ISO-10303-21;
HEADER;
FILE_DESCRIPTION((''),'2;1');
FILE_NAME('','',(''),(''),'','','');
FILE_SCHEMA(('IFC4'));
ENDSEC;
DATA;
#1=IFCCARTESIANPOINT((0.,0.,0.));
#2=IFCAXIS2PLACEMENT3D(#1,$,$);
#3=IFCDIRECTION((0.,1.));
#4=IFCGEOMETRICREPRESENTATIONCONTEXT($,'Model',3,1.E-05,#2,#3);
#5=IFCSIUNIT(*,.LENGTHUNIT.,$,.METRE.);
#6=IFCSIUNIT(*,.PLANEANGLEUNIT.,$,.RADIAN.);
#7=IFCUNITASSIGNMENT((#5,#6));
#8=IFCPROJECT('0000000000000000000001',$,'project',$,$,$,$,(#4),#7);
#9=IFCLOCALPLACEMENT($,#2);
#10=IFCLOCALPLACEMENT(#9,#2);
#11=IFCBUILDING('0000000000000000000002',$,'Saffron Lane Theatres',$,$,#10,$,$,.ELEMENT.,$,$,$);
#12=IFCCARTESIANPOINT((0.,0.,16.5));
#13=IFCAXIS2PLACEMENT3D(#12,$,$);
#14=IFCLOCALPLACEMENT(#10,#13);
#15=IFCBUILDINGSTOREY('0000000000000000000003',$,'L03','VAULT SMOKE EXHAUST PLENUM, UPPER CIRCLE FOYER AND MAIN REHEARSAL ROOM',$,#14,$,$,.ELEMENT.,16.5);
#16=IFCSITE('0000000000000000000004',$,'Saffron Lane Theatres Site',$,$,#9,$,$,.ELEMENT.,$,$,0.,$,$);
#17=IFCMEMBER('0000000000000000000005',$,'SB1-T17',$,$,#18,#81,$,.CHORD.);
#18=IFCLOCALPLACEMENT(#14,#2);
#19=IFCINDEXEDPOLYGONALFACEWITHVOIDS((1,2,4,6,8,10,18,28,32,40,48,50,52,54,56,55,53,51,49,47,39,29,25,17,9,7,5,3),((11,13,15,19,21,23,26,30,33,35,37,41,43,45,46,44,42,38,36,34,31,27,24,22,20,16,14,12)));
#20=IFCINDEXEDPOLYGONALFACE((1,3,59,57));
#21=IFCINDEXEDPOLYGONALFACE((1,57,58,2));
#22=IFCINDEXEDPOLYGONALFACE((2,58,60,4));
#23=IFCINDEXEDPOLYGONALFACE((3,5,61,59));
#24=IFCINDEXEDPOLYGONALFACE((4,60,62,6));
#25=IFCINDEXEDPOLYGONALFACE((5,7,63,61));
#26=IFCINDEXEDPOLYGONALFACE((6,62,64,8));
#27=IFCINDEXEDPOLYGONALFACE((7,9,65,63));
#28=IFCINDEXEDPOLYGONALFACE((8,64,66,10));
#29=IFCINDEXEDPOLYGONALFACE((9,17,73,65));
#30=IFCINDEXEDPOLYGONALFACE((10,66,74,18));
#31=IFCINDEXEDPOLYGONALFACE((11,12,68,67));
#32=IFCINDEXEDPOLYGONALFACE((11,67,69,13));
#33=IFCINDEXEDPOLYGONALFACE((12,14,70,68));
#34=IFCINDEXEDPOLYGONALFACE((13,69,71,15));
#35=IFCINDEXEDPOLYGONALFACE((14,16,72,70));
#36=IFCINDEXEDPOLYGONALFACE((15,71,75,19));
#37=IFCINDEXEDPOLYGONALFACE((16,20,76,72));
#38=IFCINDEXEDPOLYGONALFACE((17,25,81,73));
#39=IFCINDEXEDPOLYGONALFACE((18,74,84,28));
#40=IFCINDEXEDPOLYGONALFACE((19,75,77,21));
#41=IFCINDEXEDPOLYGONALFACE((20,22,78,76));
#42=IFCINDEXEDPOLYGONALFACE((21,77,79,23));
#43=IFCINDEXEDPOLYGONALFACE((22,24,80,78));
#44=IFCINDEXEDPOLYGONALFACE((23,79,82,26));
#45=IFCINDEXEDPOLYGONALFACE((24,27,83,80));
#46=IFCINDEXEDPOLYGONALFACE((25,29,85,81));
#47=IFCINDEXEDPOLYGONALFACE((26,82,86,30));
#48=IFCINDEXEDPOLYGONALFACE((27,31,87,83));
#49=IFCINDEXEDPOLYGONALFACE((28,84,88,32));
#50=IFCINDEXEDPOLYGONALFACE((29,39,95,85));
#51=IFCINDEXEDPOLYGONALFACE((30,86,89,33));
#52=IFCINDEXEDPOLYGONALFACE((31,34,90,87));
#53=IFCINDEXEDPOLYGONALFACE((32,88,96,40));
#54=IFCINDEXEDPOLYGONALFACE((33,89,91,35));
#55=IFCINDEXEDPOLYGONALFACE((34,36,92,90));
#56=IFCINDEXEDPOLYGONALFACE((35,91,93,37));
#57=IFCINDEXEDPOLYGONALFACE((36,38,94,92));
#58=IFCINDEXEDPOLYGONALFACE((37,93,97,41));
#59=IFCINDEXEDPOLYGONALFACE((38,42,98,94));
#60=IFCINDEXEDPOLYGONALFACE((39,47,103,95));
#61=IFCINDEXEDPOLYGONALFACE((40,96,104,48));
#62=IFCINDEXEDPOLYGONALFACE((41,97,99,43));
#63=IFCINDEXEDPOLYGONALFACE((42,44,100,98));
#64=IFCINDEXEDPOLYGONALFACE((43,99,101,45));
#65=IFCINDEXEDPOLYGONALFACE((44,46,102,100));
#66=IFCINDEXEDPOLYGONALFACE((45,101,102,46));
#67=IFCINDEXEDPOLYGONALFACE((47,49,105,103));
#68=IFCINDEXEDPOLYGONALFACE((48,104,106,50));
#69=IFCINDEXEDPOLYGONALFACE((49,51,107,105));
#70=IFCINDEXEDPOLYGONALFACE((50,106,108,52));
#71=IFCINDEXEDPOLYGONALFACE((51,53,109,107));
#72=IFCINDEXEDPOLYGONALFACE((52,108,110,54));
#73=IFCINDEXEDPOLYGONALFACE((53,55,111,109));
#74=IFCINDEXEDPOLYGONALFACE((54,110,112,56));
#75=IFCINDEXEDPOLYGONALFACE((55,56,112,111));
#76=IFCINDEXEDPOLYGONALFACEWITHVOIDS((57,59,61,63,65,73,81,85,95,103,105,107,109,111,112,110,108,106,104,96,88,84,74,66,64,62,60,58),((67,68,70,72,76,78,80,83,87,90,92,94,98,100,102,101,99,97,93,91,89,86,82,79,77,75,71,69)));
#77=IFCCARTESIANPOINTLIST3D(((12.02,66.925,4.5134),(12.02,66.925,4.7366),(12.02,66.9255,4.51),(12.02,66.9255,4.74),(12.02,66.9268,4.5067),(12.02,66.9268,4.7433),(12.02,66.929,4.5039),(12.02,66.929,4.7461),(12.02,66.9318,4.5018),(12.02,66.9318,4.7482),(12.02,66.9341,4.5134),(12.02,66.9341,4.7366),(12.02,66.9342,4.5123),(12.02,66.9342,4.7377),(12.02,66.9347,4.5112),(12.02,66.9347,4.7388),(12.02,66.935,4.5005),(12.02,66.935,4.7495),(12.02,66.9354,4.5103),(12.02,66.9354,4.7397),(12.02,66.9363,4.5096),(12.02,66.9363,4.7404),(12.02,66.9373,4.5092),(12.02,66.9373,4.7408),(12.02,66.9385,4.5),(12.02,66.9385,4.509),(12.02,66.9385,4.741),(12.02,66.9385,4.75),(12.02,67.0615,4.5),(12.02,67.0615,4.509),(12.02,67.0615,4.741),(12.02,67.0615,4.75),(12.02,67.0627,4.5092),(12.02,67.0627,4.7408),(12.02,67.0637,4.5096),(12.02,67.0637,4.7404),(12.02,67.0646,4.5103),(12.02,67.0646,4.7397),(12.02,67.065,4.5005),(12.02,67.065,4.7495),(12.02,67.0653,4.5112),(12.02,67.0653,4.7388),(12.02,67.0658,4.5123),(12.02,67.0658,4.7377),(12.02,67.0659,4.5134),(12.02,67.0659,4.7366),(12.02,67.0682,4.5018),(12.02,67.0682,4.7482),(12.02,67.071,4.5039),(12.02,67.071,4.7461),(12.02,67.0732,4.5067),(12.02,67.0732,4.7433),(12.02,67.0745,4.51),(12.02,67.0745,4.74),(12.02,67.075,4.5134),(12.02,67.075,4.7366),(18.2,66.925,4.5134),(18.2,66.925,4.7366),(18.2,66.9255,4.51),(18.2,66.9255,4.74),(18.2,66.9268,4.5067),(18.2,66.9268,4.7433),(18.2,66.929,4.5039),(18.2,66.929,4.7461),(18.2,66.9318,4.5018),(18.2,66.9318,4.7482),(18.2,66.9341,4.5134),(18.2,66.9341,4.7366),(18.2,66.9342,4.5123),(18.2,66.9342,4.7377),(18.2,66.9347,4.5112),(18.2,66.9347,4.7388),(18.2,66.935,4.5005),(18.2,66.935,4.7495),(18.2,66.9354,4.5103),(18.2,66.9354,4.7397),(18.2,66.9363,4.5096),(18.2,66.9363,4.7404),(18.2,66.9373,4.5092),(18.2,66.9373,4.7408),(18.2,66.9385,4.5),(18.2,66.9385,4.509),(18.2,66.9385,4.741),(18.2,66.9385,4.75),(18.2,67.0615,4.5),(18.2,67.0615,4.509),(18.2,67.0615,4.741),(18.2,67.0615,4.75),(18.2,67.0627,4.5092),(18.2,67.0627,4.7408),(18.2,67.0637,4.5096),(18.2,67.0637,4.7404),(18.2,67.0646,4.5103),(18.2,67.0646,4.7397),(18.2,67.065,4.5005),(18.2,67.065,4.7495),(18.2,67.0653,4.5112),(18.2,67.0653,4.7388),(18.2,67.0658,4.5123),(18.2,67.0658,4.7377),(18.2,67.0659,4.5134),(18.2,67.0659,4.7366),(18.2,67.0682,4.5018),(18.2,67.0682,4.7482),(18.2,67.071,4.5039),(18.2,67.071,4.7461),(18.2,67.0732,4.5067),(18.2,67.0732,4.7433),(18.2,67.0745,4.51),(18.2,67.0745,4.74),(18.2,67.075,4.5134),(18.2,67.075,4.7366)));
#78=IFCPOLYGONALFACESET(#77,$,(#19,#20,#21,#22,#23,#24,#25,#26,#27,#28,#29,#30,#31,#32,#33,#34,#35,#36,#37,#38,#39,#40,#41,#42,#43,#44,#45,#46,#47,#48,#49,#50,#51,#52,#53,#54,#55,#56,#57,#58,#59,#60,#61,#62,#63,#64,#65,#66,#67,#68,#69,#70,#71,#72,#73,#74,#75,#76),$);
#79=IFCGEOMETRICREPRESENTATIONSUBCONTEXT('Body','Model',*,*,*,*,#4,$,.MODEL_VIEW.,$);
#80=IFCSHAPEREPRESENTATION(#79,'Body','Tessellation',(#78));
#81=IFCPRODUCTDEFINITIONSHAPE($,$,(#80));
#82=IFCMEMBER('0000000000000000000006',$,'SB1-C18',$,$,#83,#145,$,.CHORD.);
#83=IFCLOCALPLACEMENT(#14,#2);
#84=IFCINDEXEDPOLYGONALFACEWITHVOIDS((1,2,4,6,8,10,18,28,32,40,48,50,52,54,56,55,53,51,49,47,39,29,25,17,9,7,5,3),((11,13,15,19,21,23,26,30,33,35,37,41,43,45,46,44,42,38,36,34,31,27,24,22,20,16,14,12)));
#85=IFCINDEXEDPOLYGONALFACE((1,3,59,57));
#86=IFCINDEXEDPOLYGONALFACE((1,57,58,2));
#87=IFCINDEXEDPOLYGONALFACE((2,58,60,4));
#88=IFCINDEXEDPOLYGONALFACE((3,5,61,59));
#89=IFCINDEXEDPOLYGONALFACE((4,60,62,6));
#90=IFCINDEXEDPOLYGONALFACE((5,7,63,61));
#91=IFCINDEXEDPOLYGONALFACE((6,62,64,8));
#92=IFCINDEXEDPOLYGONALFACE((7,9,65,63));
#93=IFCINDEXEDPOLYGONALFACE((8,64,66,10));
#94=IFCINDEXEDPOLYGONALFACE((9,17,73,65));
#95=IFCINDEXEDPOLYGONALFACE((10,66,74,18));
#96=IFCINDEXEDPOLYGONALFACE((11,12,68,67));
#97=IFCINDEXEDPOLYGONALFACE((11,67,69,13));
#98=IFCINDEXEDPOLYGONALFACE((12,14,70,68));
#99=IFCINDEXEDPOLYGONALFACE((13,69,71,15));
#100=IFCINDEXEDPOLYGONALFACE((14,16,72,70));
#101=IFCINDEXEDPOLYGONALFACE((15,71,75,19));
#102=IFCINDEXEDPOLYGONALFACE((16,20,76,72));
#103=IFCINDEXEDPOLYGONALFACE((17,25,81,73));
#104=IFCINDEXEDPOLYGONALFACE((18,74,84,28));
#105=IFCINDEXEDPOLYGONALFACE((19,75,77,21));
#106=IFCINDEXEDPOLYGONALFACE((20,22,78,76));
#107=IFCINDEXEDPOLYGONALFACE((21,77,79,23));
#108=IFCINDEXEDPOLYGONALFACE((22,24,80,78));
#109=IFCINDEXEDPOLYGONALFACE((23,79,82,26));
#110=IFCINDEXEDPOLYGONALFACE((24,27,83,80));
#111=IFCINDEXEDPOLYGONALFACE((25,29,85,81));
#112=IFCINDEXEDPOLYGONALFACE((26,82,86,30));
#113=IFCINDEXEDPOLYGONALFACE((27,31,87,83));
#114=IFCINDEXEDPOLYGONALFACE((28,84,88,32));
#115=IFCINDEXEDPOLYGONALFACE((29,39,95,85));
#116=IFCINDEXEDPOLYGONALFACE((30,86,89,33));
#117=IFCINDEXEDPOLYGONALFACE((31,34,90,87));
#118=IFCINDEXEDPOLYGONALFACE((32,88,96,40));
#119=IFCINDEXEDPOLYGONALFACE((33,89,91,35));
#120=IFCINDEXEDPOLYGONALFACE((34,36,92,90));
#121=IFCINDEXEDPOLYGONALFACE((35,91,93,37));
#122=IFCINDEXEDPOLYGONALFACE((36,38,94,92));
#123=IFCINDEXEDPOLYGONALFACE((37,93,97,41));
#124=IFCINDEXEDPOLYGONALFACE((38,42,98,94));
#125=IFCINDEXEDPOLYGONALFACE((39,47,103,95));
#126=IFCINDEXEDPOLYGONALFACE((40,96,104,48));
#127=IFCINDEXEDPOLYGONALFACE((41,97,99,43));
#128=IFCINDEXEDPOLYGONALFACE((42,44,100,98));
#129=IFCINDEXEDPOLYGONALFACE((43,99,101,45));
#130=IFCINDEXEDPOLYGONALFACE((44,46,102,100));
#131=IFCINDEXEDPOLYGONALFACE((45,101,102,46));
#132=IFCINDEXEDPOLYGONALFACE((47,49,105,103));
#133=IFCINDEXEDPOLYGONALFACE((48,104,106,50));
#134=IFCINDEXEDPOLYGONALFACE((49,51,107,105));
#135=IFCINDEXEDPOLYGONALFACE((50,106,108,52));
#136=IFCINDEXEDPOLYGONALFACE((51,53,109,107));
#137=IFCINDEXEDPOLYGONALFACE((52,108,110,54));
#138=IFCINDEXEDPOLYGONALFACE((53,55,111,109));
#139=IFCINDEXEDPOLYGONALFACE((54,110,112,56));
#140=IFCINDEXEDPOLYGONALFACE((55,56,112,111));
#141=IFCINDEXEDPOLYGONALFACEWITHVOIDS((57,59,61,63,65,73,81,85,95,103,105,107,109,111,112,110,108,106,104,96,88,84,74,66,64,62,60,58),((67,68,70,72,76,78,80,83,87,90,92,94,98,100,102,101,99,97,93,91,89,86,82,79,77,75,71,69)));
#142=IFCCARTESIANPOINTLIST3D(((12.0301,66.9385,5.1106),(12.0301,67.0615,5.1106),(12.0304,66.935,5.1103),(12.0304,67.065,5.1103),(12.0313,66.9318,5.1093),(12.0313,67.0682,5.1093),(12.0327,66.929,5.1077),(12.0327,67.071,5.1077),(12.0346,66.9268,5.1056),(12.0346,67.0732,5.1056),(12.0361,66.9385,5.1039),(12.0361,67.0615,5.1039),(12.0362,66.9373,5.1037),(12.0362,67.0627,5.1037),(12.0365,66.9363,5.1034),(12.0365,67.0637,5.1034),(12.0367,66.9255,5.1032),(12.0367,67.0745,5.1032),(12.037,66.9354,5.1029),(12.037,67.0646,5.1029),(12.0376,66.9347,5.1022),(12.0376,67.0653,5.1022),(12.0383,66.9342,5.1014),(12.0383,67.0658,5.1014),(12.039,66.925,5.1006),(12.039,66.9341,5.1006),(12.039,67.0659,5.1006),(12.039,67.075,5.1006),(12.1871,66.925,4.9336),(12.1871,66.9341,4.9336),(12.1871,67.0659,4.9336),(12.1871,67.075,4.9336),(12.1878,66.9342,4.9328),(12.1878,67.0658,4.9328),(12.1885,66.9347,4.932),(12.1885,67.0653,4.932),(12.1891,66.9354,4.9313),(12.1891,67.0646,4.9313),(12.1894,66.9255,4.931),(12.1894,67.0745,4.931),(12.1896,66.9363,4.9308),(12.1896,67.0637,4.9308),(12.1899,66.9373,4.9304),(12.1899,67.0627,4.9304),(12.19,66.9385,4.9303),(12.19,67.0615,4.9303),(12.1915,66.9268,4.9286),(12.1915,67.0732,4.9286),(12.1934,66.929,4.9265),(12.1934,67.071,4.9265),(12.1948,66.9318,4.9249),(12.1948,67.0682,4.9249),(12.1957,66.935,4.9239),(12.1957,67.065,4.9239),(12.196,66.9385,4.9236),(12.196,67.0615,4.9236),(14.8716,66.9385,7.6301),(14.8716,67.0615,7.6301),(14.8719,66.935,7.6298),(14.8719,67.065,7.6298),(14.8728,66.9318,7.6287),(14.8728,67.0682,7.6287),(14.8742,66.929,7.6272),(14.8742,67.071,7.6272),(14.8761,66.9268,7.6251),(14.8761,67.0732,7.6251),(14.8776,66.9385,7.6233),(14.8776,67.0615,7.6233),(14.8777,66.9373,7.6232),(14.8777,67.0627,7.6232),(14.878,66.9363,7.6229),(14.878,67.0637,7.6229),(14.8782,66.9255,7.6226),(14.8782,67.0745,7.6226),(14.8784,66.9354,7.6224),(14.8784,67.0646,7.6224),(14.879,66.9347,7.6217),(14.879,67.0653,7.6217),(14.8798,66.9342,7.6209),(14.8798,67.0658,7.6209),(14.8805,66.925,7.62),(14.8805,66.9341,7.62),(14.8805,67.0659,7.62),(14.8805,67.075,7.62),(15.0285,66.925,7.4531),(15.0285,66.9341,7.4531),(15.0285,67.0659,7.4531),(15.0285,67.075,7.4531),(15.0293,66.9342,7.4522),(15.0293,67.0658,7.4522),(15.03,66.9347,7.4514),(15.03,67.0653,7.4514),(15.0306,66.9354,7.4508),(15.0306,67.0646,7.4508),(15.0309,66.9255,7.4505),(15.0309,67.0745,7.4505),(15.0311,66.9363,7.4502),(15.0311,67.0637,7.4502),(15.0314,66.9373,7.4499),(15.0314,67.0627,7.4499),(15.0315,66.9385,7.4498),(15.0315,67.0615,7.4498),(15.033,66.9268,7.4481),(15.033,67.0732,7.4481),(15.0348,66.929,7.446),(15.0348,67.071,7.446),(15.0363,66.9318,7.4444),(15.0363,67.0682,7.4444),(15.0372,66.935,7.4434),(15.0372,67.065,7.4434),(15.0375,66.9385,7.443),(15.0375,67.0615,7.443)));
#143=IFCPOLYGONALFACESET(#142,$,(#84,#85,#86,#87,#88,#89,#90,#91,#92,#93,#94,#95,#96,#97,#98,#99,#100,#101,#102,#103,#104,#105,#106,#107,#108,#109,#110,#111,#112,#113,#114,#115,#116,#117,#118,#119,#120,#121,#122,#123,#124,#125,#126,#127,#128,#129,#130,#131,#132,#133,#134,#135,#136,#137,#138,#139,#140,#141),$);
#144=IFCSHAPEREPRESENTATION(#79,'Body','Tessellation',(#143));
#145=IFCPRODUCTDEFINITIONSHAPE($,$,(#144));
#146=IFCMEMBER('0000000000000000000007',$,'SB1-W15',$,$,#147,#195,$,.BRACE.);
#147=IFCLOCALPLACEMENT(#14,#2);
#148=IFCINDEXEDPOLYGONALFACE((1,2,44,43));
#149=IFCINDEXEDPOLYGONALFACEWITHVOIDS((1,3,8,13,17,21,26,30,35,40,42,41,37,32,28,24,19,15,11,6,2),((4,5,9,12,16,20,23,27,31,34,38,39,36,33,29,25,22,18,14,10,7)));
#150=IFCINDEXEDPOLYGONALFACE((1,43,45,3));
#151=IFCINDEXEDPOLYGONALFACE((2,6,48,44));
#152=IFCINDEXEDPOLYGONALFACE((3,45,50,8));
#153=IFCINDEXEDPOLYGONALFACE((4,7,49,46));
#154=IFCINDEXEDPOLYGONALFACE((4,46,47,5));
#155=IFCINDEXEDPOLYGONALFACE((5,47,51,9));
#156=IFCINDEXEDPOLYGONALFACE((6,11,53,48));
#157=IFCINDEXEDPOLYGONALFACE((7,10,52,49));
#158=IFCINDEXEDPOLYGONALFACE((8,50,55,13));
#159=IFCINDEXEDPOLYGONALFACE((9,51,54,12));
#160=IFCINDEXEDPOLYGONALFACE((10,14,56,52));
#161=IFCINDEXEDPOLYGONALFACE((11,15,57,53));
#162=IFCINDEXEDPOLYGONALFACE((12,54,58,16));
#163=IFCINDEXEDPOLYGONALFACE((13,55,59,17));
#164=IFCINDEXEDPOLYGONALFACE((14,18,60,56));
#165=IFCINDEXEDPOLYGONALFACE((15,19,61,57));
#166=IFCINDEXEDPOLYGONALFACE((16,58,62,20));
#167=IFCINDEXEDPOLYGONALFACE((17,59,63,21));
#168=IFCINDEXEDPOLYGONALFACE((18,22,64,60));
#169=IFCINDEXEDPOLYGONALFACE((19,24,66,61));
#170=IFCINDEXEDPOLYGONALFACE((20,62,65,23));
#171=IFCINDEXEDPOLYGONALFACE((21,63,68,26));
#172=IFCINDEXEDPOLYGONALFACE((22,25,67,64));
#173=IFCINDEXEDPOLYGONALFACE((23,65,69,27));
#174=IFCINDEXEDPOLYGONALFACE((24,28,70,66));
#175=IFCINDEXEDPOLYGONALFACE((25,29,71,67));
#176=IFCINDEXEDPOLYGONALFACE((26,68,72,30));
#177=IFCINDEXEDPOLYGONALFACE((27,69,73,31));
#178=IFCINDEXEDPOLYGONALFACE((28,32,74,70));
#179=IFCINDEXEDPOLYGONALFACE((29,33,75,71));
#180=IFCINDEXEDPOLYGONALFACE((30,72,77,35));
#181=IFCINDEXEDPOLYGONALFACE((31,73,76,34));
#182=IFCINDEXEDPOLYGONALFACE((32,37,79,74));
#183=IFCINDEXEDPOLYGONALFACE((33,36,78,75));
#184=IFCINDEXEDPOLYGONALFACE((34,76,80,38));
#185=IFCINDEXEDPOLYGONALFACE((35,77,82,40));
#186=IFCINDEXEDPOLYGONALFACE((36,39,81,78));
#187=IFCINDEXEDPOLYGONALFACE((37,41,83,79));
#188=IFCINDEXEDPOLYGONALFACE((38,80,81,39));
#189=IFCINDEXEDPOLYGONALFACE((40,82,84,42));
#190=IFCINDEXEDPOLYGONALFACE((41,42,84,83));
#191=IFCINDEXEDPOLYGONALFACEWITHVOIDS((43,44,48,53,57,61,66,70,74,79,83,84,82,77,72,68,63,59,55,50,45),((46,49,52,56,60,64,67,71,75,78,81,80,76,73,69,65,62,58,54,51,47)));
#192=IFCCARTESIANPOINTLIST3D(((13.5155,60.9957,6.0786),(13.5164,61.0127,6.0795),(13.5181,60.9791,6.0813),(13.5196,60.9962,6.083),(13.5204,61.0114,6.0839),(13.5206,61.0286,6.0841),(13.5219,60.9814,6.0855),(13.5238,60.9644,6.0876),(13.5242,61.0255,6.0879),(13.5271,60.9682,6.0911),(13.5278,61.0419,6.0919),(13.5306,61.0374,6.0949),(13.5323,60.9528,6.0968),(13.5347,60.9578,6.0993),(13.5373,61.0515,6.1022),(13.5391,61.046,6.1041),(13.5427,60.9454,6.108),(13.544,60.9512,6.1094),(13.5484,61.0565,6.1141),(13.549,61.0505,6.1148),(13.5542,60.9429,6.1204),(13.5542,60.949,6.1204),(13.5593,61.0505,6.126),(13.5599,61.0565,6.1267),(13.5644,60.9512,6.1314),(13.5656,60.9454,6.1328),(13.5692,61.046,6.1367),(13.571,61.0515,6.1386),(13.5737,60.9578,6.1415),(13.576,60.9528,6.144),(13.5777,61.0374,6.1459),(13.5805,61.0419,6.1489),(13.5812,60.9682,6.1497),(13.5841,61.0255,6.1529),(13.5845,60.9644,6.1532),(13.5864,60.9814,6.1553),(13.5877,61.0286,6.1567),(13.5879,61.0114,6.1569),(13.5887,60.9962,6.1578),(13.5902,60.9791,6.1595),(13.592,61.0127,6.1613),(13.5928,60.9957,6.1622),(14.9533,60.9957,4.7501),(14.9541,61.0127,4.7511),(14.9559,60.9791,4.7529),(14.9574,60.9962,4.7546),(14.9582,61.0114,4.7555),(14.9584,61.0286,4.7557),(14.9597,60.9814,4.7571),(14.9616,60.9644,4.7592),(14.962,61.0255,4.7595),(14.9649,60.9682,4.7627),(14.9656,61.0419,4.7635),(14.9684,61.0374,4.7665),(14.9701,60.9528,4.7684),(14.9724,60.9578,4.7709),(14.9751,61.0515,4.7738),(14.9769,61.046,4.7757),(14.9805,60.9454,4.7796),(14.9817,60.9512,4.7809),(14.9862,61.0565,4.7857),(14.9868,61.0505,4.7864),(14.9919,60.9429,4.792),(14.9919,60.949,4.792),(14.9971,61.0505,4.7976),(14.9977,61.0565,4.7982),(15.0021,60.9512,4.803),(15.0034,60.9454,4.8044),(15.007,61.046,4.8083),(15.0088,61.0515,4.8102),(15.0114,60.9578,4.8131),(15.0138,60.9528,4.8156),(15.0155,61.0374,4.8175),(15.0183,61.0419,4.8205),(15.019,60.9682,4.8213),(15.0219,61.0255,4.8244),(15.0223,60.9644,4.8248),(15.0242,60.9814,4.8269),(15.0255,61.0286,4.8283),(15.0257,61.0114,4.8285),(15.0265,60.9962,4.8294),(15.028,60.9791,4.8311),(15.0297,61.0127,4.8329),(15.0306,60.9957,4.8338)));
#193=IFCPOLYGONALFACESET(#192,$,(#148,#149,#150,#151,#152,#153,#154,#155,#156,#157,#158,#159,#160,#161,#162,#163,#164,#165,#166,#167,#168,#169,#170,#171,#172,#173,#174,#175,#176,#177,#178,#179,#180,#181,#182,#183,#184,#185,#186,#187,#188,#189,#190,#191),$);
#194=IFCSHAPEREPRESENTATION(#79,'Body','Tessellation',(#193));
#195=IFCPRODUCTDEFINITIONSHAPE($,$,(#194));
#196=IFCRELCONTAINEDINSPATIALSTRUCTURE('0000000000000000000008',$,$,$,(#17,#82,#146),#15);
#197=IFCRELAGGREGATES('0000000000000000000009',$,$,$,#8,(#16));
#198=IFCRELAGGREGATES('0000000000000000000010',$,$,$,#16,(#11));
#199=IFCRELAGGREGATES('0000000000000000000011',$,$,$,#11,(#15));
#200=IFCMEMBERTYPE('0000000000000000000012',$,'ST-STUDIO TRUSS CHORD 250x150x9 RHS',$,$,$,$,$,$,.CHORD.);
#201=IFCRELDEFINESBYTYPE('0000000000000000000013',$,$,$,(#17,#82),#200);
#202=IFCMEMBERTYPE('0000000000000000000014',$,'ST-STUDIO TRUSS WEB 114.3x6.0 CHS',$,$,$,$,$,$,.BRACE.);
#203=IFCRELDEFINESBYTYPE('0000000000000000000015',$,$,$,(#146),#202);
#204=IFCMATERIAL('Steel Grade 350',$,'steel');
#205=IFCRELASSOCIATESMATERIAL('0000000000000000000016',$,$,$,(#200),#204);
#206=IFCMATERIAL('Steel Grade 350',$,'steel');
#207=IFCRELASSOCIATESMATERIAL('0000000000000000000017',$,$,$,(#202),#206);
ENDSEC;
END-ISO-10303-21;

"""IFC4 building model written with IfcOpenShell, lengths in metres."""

from ifc_helpers import new_model, si_unit, direction, frame, origin, origin_2d, place, context, subcontext, project, spatial, hollow_rectangle, hollow_circle, extrude, material, material_profile, profile_set, type_object, element, save


model = new_model("IFC4")

# Units and contexts
model_context = context("Model", 3, precision=1e-05, world=origin(), true_north=direction((0.0, 1.0)))
body_context = subcontext(model_context, "Body", "Model", "MODEL_VIEW")
ifc_project = project(units=[si_unit("LENGTHUNIT", "METRE"), si_unit("PLANEANGLEUNIT", "RADIAN")], contexts=[model_context])

# Site, building, storey
site_placement = place(None, origin())
site = spatial("IfcSite", under=ifc_project, at=site_placement, Name="Saffron Lane Theatres Site", CompositionType="ELEMENT", RefElevation=0.0)
building_placement = place(site_placement, origin())
building = spatial("IfcBuilding", under=site, at=building_placement, Name="Saffron Lane Theatres", CompositionType="ELEMENT")
storey_placement = place(building_placement, frame((0.0, 0.0, 16.5)))
storey = spatial("IfcBuildingStorey", under=building, at=storey_placement, Name="L03", Description="VAULT SMOKE EXHAUST PLENUM, UPPER CIRCLE FOYER AND MAIN REHEARSAL ROOM", CompositionType="ELEMENT", Elevation=16.5)

# Members
ifc_material_1 = material(Name="Steel Grade 350", Category="steel")
ifc_material_profile_1 = material_profile(ifc_material_1, hollow_rectangle(XDim=0.1499, YDim=0.25, WallThickness=0.009, InnerFilletRadius=0.0044, OuterFilletRadius=0.0134, at=origin_2d()))
ifc_profile_set_1 = profile_set([ifc_material_profile_1], Name="Steel Grade 350")
member_type_1 = type_object("IfcMemberType", Name="ST-STUDIO TRUSS CHORD 250x150x9 RHS", PredefinedType="CHORD", material=ifc_profile_set_1)
member_1_placement = place(storey_placement, frame((12.02, 67.0, 4.625), z_axis=(1.0, 0.0, 0.0), x_axis=(0.0, 1.0, 0.0)))
element("IfcMember", 1, at=member_1_placement, inside=storey, type_object=member_type_1, Name="SB1-T17", PredefinedType="CHORD", context=body_context, shape_type="SweptSolid", body=[
    extrude(hollow_rectangle(XDim=0.1499, YDim=0.25, WallThickness=0.009, InnerFilletRadius=0.0044, OuterFilletRadius=0.0134, at=origin_2d()), origin(), (0.0, 0.0, 1.0), 6.1799),
])
member_2_placement = place(storey_placement, frame((12.113, 67.0, 5.0171), z_axis=(0.748232, 0.0, 0.663438), x_axis=(0.0, 1.0, 0.0)))
element("IfcMember", 2, at=member_2_placement, inside=storey, type_object=member_type_1, Name="SB1-C18", PredefinedType="CHORD", context=body_context, shape_type="SweptSolid", body=[
    extrude(hollow_rectangle(XDim=0.1499, YDim=0.25, WallThickness=0.009, InnerFilletRadius=0.0044, OuterFilletRadius=0.0134, at=origin_2d()), origin(), (0.0, 0.0, 1.0), 3.7976),
])
ifc_material_2 = material(Name="Steel Grade 350", Category="steel")
ifc_material_profile_2 = material_profile(ifc_material_2, hollow_circle(Radius=0.0571, WallThickness=0.0061, at=origin_2d()))
ifc_profile_set_2 = profile_set([ifc_material_profile_2], Name="Steel Grade 350")
member_type_2 = type_object("IfcMemberType", Name="ST-STUDIO TRUSS WEB 114.3x6.0 CHS", PredefinedType="BRACE", material=ifc_profile_set_2)
member_3_placement = place(storey_placement, frame((14.9919, 61.0, 4.792), z_axis=(-0.734493, 0.0, 0.678617), x_axis=(0.0, -1.0, 0.0)))
element("IfcMember", 3, at=member_3_placement, inside=storey, type_object=member_type_2, Name="SB1-W15", PredefinedType="BRACE", context=body_context, shape_type="SweptSolid", body=[
    extrude(hollow_circle(Radius=0.0571, WallThickness=0.0061, at=origin_2d()), origin(), (0.0, 0.0, 1.0), 1.9575),
])

save(model, "model.ifc")
